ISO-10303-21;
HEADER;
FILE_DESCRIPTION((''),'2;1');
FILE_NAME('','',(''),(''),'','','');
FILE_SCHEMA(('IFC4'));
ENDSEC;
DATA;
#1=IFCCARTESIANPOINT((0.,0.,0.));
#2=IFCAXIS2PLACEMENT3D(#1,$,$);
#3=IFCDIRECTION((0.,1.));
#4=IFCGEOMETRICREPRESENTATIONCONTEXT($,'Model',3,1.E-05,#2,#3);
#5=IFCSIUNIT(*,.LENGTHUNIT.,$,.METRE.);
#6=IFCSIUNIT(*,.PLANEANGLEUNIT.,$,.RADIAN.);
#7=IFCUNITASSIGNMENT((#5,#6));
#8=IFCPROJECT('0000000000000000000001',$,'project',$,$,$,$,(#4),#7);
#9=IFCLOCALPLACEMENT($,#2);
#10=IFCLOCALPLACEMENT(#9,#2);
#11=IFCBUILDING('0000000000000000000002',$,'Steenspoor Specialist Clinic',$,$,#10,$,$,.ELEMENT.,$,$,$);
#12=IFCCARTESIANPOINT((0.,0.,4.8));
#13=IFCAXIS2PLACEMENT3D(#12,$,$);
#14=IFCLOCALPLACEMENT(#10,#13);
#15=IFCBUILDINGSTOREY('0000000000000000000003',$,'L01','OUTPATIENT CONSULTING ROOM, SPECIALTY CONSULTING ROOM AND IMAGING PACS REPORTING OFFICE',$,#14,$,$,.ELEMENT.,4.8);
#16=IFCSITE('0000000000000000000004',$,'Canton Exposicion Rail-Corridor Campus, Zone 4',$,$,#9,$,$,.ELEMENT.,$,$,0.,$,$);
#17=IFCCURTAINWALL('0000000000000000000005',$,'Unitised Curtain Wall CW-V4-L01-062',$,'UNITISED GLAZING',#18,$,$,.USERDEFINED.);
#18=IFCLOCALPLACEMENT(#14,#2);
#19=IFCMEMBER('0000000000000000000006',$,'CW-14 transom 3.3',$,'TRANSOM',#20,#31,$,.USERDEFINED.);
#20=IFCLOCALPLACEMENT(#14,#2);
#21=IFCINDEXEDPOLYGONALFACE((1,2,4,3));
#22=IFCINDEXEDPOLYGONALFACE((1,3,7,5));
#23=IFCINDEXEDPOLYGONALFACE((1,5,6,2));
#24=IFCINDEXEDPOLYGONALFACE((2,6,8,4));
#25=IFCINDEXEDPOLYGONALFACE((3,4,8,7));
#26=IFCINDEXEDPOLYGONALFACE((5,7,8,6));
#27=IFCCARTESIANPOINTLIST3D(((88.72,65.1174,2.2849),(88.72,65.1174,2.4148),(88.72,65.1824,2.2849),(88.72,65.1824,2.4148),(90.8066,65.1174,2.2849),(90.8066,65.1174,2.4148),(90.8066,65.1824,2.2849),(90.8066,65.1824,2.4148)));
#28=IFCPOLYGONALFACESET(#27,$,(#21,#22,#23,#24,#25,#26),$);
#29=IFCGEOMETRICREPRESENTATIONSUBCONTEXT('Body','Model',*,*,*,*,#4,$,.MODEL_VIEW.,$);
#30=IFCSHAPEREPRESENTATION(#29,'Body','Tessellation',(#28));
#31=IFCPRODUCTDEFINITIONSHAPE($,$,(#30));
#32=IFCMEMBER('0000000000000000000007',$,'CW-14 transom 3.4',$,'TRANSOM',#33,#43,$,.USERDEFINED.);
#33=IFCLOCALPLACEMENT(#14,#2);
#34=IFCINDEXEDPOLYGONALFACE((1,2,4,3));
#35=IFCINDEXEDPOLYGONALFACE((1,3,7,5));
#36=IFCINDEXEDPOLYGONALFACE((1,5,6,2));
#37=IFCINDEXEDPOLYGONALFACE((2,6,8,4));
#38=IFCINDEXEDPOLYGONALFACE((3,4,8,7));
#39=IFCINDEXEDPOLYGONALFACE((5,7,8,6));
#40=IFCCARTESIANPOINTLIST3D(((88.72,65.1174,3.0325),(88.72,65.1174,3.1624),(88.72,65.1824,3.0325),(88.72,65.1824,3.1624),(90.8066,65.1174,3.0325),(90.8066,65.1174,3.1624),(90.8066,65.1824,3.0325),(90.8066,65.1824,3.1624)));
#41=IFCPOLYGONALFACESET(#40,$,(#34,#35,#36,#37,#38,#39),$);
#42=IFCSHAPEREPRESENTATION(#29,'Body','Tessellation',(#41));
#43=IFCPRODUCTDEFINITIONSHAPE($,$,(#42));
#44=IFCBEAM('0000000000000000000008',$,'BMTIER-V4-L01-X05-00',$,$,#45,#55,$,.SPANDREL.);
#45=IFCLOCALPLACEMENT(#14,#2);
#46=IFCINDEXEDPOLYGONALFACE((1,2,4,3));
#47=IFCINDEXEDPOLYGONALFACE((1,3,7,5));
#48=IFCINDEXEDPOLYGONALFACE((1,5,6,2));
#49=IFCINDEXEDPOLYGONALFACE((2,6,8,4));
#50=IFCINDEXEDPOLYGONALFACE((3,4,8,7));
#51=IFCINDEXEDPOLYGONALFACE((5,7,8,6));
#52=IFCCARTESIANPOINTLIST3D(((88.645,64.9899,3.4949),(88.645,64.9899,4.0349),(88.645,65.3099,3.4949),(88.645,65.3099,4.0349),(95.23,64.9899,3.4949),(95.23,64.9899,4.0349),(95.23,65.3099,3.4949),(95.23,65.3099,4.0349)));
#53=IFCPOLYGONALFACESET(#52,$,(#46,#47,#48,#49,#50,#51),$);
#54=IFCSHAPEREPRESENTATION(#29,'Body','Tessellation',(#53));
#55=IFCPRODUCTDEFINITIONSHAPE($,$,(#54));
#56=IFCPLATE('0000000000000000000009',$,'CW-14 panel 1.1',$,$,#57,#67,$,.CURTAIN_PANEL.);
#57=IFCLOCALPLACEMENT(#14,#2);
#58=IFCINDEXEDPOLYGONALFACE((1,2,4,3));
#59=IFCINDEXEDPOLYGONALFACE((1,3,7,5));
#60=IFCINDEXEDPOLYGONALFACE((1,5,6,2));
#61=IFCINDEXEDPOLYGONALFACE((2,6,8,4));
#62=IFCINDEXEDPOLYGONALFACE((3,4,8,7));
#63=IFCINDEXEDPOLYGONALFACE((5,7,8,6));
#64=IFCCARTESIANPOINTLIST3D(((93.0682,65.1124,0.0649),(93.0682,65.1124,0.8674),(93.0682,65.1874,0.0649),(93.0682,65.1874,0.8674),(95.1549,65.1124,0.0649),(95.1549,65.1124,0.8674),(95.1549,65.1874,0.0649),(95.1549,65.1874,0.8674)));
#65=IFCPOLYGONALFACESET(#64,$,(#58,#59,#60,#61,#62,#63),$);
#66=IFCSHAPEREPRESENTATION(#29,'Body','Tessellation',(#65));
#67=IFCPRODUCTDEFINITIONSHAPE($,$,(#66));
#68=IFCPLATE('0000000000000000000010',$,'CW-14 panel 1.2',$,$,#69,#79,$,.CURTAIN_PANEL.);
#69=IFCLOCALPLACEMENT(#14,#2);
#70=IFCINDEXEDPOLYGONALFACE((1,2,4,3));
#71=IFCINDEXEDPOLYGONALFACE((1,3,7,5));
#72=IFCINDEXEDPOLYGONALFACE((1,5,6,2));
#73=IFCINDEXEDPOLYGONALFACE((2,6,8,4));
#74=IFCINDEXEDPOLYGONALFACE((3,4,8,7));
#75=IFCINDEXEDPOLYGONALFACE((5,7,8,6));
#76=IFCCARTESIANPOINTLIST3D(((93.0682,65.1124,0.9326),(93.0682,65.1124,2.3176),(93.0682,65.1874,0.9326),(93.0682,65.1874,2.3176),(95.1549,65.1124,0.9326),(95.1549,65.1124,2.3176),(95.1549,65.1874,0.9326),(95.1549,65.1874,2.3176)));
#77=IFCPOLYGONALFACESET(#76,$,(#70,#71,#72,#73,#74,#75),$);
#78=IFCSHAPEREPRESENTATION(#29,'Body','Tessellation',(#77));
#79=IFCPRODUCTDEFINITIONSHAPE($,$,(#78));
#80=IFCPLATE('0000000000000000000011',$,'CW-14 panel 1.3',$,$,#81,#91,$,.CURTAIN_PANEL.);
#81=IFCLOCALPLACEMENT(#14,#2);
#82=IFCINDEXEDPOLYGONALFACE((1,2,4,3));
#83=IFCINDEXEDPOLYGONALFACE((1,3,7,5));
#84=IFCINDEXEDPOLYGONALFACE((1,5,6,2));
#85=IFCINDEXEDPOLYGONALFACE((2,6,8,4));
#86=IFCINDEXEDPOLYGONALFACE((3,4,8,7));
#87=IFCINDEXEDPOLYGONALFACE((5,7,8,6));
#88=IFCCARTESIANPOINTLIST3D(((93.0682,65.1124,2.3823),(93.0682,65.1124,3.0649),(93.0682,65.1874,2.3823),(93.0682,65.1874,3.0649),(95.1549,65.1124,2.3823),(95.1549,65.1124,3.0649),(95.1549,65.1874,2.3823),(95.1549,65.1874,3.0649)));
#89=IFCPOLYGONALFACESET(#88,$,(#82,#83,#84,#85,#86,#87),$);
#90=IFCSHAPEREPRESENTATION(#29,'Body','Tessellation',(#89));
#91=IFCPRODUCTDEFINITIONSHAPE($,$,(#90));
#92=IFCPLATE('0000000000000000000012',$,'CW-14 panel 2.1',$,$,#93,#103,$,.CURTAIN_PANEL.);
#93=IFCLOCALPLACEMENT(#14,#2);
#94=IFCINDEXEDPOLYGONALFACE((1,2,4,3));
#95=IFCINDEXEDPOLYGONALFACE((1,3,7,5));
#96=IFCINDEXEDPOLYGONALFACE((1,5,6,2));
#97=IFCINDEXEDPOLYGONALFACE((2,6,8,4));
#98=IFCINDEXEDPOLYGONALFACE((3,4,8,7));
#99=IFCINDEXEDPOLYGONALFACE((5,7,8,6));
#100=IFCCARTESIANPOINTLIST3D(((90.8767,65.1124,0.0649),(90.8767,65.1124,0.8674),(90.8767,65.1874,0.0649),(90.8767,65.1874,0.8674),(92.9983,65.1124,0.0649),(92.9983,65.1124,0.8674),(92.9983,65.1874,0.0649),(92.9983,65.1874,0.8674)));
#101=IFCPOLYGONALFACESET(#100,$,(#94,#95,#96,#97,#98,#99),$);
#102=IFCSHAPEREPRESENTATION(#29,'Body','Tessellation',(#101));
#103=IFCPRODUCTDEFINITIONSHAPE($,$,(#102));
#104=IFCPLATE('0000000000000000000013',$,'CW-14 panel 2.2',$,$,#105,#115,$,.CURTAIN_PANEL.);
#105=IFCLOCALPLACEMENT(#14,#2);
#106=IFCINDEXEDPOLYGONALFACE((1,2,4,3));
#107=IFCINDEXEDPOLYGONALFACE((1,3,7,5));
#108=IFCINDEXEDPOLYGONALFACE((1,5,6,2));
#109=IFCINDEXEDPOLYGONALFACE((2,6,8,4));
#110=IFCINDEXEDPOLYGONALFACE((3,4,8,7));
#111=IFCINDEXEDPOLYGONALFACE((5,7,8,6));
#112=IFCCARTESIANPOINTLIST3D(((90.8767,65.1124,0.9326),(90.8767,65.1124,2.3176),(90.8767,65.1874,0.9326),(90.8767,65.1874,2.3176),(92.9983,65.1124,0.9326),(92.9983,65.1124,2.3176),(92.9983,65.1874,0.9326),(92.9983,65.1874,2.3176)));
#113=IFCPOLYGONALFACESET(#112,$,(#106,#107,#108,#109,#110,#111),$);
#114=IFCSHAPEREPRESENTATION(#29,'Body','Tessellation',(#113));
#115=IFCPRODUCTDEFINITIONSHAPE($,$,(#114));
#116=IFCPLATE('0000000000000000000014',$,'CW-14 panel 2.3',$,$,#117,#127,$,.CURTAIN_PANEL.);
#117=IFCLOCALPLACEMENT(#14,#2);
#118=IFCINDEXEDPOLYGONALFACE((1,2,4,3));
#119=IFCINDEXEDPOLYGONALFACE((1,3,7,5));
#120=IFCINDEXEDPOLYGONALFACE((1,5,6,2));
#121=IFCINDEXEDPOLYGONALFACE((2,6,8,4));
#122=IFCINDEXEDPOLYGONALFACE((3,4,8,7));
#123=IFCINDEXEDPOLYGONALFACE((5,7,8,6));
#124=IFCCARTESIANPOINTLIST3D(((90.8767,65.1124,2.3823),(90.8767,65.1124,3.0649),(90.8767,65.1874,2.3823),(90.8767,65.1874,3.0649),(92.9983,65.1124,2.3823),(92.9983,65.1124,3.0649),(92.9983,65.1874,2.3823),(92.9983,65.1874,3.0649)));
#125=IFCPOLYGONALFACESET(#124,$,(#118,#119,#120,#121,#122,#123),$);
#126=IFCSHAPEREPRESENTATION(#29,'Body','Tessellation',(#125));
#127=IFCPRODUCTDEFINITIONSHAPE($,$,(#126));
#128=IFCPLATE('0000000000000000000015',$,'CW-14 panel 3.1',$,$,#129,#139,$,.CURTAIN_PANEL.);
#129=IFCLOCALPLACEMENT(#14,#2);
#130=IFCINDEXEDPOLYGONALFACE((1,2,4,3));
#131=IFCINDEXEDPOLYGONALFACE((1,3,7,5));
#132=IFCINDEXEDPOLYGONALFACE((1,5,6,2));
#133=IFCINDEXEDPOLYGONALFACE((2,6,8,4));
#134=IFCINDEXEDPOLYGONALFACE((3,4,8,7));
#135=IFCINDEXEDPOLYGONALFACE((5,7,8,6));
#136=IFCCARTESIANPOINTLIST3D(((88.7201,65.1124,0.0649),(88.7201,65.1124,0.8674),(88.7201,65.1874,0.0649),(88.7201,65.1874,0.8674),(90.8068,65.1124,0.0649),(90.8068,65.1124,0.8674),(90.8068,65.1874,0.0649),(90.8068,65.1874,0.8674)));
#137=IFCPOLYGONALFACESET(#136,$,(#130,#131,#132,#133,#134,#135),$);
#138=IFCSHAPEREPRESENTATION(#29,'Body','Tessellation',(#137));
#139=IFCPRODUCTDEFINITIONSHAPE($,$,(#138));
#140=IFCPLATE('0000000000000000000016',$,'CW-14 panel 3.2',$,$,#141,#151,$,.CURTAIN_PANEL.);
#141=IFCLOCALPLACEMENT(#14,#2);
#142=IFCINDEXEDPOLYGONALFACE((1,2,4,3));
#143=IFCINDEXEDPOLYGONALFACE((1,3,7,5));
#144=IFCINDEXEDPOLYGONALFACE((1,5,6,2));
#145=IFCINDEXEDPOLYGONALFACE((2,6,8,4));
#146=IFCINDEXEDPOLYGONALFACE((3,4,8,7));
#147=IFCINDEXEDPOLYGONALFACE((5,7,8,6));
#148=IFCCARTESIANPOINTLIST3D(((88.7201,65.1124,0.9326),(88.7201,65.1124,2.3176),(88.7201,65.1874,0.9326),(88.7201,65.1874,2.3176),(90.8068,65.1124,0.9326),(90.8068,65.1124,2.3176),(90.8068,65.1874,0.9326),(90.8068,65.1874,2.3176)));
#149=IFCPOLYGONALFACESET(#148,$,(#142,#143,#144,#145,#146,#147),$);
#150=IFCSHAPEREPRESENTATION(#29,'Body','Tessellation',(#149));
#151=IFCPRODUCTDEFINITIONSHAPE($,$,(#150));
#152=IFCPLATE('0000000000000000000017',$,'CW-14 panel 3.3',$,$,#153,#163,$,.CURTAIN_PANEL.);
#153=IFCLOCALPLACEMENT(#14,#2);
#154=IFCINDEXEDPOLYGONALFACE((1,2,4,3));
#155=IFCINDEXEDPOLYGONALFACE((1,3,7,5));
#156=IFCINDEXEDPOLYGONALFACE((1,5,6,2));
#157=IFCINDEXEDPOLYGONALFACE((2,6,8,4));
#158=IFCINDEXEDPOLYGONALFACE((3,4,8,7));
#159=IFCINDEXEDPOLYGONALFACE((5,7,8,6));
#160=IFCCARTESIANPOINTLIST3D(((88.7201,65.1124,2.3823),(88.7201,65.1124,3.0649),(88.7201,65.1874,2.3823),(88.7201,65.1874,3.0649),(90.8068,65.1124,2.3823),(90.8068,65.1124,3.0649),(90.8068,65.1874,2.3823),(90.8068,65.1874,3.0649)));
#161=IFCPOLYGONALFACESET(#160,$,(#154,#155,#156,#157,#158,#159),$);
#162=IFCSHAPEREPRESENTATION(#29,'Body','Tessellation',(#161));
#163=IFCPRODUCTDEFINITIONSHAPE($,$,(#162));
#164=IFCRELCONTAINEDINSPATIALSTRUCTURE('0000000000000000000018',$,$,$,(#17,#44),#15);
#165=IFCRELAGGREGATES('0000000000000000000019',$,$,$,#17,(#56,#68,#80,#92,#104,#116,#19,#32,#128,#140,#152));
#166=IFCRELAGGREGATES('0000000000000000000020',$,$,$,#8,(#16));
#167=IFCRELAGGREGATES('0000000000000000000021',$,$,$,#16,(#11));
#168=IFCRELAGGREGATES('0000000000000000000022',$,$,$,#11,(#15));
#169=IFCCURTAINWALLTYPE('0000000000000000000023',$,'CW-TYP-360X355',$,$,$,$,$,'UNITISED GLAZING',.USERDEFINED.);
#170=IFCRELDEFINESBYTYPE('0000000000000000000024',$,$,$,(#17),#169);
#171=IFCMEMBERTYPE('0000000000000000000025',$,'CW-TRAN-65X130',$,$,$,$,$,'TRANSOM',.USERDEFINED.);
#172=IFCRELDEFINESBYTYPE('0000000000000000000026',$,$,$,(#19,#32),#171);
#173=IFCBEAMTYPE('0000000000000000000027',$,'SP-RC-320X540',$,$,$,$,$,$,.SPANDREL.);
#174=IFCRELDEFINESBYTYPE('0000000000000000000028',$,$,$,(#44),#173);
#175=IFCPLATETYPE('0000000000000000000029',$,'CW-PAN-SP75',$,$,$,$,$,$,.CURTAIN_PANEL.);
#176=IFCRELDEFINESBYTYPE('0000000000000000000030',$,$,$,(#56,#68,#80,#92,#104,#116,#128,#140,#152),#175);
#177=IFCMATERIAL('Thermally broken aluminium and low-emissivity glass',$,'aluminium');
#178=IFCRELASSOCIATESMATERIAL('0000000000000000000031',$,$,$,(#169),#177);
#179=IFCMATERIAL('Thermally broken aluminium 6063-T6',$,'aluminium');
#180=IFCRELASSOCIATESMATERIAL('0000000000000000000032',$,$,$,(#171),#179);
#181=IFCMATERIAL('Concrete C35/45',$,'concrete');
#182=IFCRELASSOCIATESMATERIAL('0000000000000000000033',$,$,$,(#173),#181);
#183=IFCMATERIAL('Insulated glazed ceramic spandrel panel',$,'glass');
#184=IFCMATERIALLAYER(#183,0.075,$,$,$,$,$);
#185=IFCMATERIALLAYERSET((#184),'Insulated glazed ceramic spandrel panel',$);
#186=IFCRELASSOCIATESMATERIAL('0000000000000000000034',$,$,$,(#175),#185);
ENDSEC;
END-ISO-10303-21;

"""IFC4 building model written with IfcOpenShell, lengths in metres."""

from ifc_helpers import new_model, si_unit, direction, frame, origin, origin_2d, place, context, subcontext, project, spatial, rectangle, extrude, material, layer, layer_set, material_profile, profile_set, type_object, element, aggregate, save


model = new_model("IFC4")

# Units and contexts
model_context = context("Model", 3, precision=1e-05, world=origin(), true_north=direction((0.0, 1.0)))
body_context = subcontext(model_context, "Body", "Model", "MODEL_VIEW")
ifc_project = project(units=[si_unit("LENGTHUNIT", "METRE"), si_unit("PLANEANGLEUNIT", "RADIAN")], contexts=[model_context])

# Site, building, storey
site_placement = place(None, origin())
site = spatial("IfcSite", under=ifc_project, at=site_placement, Name="Canton Exposicion Rail-Corridor Campus, Zone 4", CompositionType="ELEMENT", RefElevation=0.0)
building_placement = place(site_placement, origin())
building = spatial("IfcBuilding", under=site, at=building_placement, Name="Steenspoor Specialist Clinic", CompositionType="ELEMENT")
storey_placement = place(building_placement, frame((0.0, 0.0, 4.8)))
storey = spatial("IfcBuildingStorey", under=building, at=storey_placement, Name="L01", Description="OUTPATIENT CONSULTING ROOM, SPECIALTY CONSULTING ROOM AND IMAGING PACS REPORTING OFFICE", CompositionType="ELEMENT", Elevation=4.8)

# Curtain wall, members
ifc_material_1 = material(Name="Thermally broken aluminium and low-emissivity glass", Category="aluminium")
curtain_wall_type = type_object("IfcCurtainWallType", Name="CW-TYP-360X355", ElementType="UNITISED GLAZING", PredefinedType="USERDEFINED", material=ifc_material_1)
curtain_wall_placement = place(storey_placement, origin())
curtain_wall = element("IfcCurtainWall", 1, at=curtain_wall_placement, inside=storey, type_object=curtain_wall_type, Name="Unitised Curtain Wall CW-V4-L01-062", ObjectType="UNITISED GLAZING", PredefinedType="USERDEFINED")
ifc_material_2 = material(Name="Thermally broken aluminium 6063-T6", Category="aluminium")
ifc_material_profile_1 = material_profile(ifc_material_2, rectangle(XDim=0.0649, YDim=0.1299, at=origin_2d()), Name="CWT-65X130")
ifc_profile_set_1 = profile_set([ifc_material_profile_1], Name="Thermally broken aluminium 6063-T6")
member_type_1 = type_object("IfcMemberType", Name="CW-TRAN-65X130", ElementType="TRANSOM", PredefinedType="USERDEFINED", material=ifc_profile_set_1)
member_1_placement = place(storey_placement, frame((90.8066, 65.1499, 2.3499), z_axis=(-1.0, 0.0, 0.0), x_axis=(0.0, -1.0, 0.0)))
member_1 = element("IfcMember", 2, at=member_1_placement, type_object=member_type_1, Name="CW-14 transom 3.3", ObjectType="TRANSOM", PredefinedType="USERDEFINED", context=body_context, shape_type="SweptSolid", body=[
    extrude(rectangle(XDim=0.0649, YDim=0.1299, at=origin_2d()), origin(), (0.0, 0.0, 1.0), 2.0867),
])
member_2_placement = place(storey_placement, frame((90.8066, 65.1499, 3.0974), z_axis=(-1.0, 0.0, 0.0), x_axis=(0.0, -1.0, 0.0)))
member_2 = element("IfcMember", 3, at=member_2_placement, type_object=member_type_1, Name="CW-14 transom 3.4", ObjectType="TRANSOM", PredefinedType="USERDEFINED", context=body_context, shape_type="SweptSolid", body=[
    extrude(rectangle(XDim=0.0649, YDim=0.1299, at=origin_2d()), origin(), (0.0, 0.0, 1.0), 2.0867),
])

# Beam
ifc_material_3 = material(Name="Concrete C35/45", Category="concrete")
ifc_material_profile_2 = material_profile(ifc_material_3, rectangle(XDim=0.3201, YDim=0.54, at=origin_2d()), Name="RC-SP-320X540")
ifc_profile_set_2 = profile_set([ifc_material_profile_2], Name="Concrete C35/45")
beam_type = type_object("IfcBeamType", Name="SP-RC-320X540", PredefinedType="SPANDREL", material=ifc_profile_set_2)
beam_placement = place(storey_placement, frame((88.645, 65.1499, 3.7649), z_axis=(1.0, 0.0, 0.0), x_axis=(0.0, 1.0, 0.0)))
element("IfcBeam", 4, at=beam_placement, inside=storey, type_object=beam_type, Name="BMTIER-V4-L01-X05-00", PredefinedType="SPANDREL", context=body_context, shape_type="SweptSolid", body=[
    extrude(rectangle(XDim=0.3201, YDim=0.54, at=origin_2d()), origin(), (0.0, 0.0, 1.0), 6.585),
])

# Plates
ifc_material_4 = material(Name="Insulated glazed ceramic spandrel panel", Category="glass")
ifc_layer_1 = layer(ifc_material_4, 0.075)
ifc_layer_set_1 = layer_set([ifc_layer_1], Name="Insulated glazed ceramic spandrel panel")
plate_type = type_object("IfcPlateType", Name="CW-PAN-SP75", PredefinedType="CURTAIN_PANEL", material=ifc_layer_set_1)
plate_1_placement = place(storey_placement, frame((94.1116, 65.1499, 0.0649), z_axis=(0.0, 0.0, 1.0), x_axis=(-1.0, 0.0, 0.0)))
plate_1 = element("IfcPlate", 5, at=plate_1_placement, type_object=plate_type, Name="CW-14 panel 1.1", PredefinedType="CURTAIN_PANEL", context=body_context, shape_type="SweptSolid", body=[
    extrude(rectangle(XDim=2.0867, YDim=0.075, at=origin_2d()), origin(), (0.0, 0.0, 1.0), 0.8025),
])
plate_2_placement = place(storey_placement, frame((94.1116, 65.1499, 0.9326), z_axis=(0.0, 0.0, 1.0), x_axis=(-1.0, 0.0, 0.0)))
plate_2 = element("IfcPlate", 6, at=plate_2_placement, type_object=plate_type, Name="CW-14 panel 1.2", PredefinedType="CURTAIN_PANEL", context=body_context, shape_type="SweptSolid", body=[
    extrude(rectangle(XDim=2.0867, YDim=0.075, at=origin_2d()), origin(), (0.0, 0.0, 1.0), 1.385),
])
plate_3_placement = place(storey_placement, frame((94.1116, 65.1499, 2.3823), z_axis=(0.0, 0.0, 1.0), x_axis=(-1.0, 0.0, 0.0)))
plate_3 = element("IfcPlate", 7, at=plate_3_placement, type_object=plate_type, Name="CW-14 panel 1.3", PredefinedType="CURTAIN_PANEL", context=body_context, shape_type="SweptSolid", body=[
    extrude(rectangle(XDim=2.0867, YDim=0.075, at=origin_2d()), origin(), (0.0, 0.0, 1.0), 0.6826),
])
plate_4_placement = place(storey_placement, frame((91.9375, 65.1499, 0.0649), z_axis=(0.0, 0.0, 1.0), x_axis=(-1.0, 0.0, 0.0)))
plate_4 = element("IfcPlate", 8, at=plate_4_placement, type_object=plate_type, Name="CW-14 panel 2.1", PredefinedType="CURTAIN_PANEL", context=body_context, shape_type="SweptSolid", body=[
    extrude(rectangle(XDim=2.1216, YDim=0.075, at=origin_2d()), origin(), (0.0, 0.0, 1.0), 0.8025),
])
plate_5_placement = place(storey_placement, frame((91.9375, 65.1499, 0.9326), z_axis=(0.0, 0.0, 1.0), x_axis=(-1.0, 0.0, 0.0)))
plate_5 = element("IfcPlate", 9, at=plate_5_placement, type_object=plate_type, Name="CW-14 panel 2.2", PredefinedType="CURTAIN_PANEL", context=body_context, shape_type="SweptSolid", body=[
    extrude(rectangle(XDim=2.1216, YDim=0.075, at=origin_2d()), origin(), (0.0, 0.0, 1.0), 1.385),
])
plate_6_placement = place(storey_placement, frame((91.9375, 65.1499, 2.3823), z_axis=(0.0, 0.0, 1.0), x_axis=(-1.0, 0.0, 0.0)))
plate_6 = element("IfcPlate", 10, at=plate_6_placement, type_object=plate_type, Name="CW-14 panel 2.3", PredefinedType="CURTAIN_PANEL", context=body_context, shape_type="SweptSolid", body=[
    extrude(rectangle(XDim=2.1216, YDim=0.075, at=origin_2d()), origin(), (0.0, 0.0, 1.0), 0.6826),
])
plate_7_placement = place(storey_placement, frame((89.7634, 65.1499, 0.0649), z_axis=(0.0, 0.0, 1.0), x_axis=(-1.0, 0.0, 0.0)))
plate_7 = element("IfcPlate", 11, at=plate_7_placement, type_object=plate_type, Name="CW-14 panel 3.1", PredefinedType="CURTAIN_PANEL", context=body_context, shape_type="SweptSolid", body=[
    extrude(rectangle(XDim=2.0867, YDim=0.075, at=origin_2d()), origin(), (0.0, 0.0, 1.0), 0.8025),
])
plate_8_placement = place(storey_placement, frame((89.7634, 65.1499, 0.9326), z_axis=(0.0, 0.0, 1.0), x_axis=(-1.0, 0.0, 0.0)))
plate_8 = element("IfcPlate", 12, at=plate_8_placement, type_object=plate_type, Name="CW-14 panel 3.2", PredefinedType="CURTAIN_PANEL", context=body_context, shape_type="SweptSolid", body=[
    extrude(rectangle(XDim=2.0867, YDim=0.075, at=origin_2d()), origin(), (0.0, 0.0, 1.0), 1.385),
])
plate_9_placement = place(storey_placement, frame((89.7634, 65.1499, 2.3823), z_axis=(0.0, 0.0, 1.0), x_axis=(-1.0, 0.0, 0.0)))
plate_9 = element("IfcPlate", 13, at=plate_9_placement, type_object=plate_type, Name="CW-14 panel 3.3", PredefinedType="CURTAIN_PANEL", context=body_context, shape_type="SweptSolid", body=[
    extrude(rectangle(XDim=2.0867, YDim=0.075, at=origin_2d()), origin(), (0.0, 0.0, 1.0), 0.6826),
])
aggregate(curtain_wall, [plate_1, plate_2, plate_3, plate_4, plate_5, plate_6, member_1, member_2, plate_7, plate_8, plate_9])

save(model, "model.ifc")
